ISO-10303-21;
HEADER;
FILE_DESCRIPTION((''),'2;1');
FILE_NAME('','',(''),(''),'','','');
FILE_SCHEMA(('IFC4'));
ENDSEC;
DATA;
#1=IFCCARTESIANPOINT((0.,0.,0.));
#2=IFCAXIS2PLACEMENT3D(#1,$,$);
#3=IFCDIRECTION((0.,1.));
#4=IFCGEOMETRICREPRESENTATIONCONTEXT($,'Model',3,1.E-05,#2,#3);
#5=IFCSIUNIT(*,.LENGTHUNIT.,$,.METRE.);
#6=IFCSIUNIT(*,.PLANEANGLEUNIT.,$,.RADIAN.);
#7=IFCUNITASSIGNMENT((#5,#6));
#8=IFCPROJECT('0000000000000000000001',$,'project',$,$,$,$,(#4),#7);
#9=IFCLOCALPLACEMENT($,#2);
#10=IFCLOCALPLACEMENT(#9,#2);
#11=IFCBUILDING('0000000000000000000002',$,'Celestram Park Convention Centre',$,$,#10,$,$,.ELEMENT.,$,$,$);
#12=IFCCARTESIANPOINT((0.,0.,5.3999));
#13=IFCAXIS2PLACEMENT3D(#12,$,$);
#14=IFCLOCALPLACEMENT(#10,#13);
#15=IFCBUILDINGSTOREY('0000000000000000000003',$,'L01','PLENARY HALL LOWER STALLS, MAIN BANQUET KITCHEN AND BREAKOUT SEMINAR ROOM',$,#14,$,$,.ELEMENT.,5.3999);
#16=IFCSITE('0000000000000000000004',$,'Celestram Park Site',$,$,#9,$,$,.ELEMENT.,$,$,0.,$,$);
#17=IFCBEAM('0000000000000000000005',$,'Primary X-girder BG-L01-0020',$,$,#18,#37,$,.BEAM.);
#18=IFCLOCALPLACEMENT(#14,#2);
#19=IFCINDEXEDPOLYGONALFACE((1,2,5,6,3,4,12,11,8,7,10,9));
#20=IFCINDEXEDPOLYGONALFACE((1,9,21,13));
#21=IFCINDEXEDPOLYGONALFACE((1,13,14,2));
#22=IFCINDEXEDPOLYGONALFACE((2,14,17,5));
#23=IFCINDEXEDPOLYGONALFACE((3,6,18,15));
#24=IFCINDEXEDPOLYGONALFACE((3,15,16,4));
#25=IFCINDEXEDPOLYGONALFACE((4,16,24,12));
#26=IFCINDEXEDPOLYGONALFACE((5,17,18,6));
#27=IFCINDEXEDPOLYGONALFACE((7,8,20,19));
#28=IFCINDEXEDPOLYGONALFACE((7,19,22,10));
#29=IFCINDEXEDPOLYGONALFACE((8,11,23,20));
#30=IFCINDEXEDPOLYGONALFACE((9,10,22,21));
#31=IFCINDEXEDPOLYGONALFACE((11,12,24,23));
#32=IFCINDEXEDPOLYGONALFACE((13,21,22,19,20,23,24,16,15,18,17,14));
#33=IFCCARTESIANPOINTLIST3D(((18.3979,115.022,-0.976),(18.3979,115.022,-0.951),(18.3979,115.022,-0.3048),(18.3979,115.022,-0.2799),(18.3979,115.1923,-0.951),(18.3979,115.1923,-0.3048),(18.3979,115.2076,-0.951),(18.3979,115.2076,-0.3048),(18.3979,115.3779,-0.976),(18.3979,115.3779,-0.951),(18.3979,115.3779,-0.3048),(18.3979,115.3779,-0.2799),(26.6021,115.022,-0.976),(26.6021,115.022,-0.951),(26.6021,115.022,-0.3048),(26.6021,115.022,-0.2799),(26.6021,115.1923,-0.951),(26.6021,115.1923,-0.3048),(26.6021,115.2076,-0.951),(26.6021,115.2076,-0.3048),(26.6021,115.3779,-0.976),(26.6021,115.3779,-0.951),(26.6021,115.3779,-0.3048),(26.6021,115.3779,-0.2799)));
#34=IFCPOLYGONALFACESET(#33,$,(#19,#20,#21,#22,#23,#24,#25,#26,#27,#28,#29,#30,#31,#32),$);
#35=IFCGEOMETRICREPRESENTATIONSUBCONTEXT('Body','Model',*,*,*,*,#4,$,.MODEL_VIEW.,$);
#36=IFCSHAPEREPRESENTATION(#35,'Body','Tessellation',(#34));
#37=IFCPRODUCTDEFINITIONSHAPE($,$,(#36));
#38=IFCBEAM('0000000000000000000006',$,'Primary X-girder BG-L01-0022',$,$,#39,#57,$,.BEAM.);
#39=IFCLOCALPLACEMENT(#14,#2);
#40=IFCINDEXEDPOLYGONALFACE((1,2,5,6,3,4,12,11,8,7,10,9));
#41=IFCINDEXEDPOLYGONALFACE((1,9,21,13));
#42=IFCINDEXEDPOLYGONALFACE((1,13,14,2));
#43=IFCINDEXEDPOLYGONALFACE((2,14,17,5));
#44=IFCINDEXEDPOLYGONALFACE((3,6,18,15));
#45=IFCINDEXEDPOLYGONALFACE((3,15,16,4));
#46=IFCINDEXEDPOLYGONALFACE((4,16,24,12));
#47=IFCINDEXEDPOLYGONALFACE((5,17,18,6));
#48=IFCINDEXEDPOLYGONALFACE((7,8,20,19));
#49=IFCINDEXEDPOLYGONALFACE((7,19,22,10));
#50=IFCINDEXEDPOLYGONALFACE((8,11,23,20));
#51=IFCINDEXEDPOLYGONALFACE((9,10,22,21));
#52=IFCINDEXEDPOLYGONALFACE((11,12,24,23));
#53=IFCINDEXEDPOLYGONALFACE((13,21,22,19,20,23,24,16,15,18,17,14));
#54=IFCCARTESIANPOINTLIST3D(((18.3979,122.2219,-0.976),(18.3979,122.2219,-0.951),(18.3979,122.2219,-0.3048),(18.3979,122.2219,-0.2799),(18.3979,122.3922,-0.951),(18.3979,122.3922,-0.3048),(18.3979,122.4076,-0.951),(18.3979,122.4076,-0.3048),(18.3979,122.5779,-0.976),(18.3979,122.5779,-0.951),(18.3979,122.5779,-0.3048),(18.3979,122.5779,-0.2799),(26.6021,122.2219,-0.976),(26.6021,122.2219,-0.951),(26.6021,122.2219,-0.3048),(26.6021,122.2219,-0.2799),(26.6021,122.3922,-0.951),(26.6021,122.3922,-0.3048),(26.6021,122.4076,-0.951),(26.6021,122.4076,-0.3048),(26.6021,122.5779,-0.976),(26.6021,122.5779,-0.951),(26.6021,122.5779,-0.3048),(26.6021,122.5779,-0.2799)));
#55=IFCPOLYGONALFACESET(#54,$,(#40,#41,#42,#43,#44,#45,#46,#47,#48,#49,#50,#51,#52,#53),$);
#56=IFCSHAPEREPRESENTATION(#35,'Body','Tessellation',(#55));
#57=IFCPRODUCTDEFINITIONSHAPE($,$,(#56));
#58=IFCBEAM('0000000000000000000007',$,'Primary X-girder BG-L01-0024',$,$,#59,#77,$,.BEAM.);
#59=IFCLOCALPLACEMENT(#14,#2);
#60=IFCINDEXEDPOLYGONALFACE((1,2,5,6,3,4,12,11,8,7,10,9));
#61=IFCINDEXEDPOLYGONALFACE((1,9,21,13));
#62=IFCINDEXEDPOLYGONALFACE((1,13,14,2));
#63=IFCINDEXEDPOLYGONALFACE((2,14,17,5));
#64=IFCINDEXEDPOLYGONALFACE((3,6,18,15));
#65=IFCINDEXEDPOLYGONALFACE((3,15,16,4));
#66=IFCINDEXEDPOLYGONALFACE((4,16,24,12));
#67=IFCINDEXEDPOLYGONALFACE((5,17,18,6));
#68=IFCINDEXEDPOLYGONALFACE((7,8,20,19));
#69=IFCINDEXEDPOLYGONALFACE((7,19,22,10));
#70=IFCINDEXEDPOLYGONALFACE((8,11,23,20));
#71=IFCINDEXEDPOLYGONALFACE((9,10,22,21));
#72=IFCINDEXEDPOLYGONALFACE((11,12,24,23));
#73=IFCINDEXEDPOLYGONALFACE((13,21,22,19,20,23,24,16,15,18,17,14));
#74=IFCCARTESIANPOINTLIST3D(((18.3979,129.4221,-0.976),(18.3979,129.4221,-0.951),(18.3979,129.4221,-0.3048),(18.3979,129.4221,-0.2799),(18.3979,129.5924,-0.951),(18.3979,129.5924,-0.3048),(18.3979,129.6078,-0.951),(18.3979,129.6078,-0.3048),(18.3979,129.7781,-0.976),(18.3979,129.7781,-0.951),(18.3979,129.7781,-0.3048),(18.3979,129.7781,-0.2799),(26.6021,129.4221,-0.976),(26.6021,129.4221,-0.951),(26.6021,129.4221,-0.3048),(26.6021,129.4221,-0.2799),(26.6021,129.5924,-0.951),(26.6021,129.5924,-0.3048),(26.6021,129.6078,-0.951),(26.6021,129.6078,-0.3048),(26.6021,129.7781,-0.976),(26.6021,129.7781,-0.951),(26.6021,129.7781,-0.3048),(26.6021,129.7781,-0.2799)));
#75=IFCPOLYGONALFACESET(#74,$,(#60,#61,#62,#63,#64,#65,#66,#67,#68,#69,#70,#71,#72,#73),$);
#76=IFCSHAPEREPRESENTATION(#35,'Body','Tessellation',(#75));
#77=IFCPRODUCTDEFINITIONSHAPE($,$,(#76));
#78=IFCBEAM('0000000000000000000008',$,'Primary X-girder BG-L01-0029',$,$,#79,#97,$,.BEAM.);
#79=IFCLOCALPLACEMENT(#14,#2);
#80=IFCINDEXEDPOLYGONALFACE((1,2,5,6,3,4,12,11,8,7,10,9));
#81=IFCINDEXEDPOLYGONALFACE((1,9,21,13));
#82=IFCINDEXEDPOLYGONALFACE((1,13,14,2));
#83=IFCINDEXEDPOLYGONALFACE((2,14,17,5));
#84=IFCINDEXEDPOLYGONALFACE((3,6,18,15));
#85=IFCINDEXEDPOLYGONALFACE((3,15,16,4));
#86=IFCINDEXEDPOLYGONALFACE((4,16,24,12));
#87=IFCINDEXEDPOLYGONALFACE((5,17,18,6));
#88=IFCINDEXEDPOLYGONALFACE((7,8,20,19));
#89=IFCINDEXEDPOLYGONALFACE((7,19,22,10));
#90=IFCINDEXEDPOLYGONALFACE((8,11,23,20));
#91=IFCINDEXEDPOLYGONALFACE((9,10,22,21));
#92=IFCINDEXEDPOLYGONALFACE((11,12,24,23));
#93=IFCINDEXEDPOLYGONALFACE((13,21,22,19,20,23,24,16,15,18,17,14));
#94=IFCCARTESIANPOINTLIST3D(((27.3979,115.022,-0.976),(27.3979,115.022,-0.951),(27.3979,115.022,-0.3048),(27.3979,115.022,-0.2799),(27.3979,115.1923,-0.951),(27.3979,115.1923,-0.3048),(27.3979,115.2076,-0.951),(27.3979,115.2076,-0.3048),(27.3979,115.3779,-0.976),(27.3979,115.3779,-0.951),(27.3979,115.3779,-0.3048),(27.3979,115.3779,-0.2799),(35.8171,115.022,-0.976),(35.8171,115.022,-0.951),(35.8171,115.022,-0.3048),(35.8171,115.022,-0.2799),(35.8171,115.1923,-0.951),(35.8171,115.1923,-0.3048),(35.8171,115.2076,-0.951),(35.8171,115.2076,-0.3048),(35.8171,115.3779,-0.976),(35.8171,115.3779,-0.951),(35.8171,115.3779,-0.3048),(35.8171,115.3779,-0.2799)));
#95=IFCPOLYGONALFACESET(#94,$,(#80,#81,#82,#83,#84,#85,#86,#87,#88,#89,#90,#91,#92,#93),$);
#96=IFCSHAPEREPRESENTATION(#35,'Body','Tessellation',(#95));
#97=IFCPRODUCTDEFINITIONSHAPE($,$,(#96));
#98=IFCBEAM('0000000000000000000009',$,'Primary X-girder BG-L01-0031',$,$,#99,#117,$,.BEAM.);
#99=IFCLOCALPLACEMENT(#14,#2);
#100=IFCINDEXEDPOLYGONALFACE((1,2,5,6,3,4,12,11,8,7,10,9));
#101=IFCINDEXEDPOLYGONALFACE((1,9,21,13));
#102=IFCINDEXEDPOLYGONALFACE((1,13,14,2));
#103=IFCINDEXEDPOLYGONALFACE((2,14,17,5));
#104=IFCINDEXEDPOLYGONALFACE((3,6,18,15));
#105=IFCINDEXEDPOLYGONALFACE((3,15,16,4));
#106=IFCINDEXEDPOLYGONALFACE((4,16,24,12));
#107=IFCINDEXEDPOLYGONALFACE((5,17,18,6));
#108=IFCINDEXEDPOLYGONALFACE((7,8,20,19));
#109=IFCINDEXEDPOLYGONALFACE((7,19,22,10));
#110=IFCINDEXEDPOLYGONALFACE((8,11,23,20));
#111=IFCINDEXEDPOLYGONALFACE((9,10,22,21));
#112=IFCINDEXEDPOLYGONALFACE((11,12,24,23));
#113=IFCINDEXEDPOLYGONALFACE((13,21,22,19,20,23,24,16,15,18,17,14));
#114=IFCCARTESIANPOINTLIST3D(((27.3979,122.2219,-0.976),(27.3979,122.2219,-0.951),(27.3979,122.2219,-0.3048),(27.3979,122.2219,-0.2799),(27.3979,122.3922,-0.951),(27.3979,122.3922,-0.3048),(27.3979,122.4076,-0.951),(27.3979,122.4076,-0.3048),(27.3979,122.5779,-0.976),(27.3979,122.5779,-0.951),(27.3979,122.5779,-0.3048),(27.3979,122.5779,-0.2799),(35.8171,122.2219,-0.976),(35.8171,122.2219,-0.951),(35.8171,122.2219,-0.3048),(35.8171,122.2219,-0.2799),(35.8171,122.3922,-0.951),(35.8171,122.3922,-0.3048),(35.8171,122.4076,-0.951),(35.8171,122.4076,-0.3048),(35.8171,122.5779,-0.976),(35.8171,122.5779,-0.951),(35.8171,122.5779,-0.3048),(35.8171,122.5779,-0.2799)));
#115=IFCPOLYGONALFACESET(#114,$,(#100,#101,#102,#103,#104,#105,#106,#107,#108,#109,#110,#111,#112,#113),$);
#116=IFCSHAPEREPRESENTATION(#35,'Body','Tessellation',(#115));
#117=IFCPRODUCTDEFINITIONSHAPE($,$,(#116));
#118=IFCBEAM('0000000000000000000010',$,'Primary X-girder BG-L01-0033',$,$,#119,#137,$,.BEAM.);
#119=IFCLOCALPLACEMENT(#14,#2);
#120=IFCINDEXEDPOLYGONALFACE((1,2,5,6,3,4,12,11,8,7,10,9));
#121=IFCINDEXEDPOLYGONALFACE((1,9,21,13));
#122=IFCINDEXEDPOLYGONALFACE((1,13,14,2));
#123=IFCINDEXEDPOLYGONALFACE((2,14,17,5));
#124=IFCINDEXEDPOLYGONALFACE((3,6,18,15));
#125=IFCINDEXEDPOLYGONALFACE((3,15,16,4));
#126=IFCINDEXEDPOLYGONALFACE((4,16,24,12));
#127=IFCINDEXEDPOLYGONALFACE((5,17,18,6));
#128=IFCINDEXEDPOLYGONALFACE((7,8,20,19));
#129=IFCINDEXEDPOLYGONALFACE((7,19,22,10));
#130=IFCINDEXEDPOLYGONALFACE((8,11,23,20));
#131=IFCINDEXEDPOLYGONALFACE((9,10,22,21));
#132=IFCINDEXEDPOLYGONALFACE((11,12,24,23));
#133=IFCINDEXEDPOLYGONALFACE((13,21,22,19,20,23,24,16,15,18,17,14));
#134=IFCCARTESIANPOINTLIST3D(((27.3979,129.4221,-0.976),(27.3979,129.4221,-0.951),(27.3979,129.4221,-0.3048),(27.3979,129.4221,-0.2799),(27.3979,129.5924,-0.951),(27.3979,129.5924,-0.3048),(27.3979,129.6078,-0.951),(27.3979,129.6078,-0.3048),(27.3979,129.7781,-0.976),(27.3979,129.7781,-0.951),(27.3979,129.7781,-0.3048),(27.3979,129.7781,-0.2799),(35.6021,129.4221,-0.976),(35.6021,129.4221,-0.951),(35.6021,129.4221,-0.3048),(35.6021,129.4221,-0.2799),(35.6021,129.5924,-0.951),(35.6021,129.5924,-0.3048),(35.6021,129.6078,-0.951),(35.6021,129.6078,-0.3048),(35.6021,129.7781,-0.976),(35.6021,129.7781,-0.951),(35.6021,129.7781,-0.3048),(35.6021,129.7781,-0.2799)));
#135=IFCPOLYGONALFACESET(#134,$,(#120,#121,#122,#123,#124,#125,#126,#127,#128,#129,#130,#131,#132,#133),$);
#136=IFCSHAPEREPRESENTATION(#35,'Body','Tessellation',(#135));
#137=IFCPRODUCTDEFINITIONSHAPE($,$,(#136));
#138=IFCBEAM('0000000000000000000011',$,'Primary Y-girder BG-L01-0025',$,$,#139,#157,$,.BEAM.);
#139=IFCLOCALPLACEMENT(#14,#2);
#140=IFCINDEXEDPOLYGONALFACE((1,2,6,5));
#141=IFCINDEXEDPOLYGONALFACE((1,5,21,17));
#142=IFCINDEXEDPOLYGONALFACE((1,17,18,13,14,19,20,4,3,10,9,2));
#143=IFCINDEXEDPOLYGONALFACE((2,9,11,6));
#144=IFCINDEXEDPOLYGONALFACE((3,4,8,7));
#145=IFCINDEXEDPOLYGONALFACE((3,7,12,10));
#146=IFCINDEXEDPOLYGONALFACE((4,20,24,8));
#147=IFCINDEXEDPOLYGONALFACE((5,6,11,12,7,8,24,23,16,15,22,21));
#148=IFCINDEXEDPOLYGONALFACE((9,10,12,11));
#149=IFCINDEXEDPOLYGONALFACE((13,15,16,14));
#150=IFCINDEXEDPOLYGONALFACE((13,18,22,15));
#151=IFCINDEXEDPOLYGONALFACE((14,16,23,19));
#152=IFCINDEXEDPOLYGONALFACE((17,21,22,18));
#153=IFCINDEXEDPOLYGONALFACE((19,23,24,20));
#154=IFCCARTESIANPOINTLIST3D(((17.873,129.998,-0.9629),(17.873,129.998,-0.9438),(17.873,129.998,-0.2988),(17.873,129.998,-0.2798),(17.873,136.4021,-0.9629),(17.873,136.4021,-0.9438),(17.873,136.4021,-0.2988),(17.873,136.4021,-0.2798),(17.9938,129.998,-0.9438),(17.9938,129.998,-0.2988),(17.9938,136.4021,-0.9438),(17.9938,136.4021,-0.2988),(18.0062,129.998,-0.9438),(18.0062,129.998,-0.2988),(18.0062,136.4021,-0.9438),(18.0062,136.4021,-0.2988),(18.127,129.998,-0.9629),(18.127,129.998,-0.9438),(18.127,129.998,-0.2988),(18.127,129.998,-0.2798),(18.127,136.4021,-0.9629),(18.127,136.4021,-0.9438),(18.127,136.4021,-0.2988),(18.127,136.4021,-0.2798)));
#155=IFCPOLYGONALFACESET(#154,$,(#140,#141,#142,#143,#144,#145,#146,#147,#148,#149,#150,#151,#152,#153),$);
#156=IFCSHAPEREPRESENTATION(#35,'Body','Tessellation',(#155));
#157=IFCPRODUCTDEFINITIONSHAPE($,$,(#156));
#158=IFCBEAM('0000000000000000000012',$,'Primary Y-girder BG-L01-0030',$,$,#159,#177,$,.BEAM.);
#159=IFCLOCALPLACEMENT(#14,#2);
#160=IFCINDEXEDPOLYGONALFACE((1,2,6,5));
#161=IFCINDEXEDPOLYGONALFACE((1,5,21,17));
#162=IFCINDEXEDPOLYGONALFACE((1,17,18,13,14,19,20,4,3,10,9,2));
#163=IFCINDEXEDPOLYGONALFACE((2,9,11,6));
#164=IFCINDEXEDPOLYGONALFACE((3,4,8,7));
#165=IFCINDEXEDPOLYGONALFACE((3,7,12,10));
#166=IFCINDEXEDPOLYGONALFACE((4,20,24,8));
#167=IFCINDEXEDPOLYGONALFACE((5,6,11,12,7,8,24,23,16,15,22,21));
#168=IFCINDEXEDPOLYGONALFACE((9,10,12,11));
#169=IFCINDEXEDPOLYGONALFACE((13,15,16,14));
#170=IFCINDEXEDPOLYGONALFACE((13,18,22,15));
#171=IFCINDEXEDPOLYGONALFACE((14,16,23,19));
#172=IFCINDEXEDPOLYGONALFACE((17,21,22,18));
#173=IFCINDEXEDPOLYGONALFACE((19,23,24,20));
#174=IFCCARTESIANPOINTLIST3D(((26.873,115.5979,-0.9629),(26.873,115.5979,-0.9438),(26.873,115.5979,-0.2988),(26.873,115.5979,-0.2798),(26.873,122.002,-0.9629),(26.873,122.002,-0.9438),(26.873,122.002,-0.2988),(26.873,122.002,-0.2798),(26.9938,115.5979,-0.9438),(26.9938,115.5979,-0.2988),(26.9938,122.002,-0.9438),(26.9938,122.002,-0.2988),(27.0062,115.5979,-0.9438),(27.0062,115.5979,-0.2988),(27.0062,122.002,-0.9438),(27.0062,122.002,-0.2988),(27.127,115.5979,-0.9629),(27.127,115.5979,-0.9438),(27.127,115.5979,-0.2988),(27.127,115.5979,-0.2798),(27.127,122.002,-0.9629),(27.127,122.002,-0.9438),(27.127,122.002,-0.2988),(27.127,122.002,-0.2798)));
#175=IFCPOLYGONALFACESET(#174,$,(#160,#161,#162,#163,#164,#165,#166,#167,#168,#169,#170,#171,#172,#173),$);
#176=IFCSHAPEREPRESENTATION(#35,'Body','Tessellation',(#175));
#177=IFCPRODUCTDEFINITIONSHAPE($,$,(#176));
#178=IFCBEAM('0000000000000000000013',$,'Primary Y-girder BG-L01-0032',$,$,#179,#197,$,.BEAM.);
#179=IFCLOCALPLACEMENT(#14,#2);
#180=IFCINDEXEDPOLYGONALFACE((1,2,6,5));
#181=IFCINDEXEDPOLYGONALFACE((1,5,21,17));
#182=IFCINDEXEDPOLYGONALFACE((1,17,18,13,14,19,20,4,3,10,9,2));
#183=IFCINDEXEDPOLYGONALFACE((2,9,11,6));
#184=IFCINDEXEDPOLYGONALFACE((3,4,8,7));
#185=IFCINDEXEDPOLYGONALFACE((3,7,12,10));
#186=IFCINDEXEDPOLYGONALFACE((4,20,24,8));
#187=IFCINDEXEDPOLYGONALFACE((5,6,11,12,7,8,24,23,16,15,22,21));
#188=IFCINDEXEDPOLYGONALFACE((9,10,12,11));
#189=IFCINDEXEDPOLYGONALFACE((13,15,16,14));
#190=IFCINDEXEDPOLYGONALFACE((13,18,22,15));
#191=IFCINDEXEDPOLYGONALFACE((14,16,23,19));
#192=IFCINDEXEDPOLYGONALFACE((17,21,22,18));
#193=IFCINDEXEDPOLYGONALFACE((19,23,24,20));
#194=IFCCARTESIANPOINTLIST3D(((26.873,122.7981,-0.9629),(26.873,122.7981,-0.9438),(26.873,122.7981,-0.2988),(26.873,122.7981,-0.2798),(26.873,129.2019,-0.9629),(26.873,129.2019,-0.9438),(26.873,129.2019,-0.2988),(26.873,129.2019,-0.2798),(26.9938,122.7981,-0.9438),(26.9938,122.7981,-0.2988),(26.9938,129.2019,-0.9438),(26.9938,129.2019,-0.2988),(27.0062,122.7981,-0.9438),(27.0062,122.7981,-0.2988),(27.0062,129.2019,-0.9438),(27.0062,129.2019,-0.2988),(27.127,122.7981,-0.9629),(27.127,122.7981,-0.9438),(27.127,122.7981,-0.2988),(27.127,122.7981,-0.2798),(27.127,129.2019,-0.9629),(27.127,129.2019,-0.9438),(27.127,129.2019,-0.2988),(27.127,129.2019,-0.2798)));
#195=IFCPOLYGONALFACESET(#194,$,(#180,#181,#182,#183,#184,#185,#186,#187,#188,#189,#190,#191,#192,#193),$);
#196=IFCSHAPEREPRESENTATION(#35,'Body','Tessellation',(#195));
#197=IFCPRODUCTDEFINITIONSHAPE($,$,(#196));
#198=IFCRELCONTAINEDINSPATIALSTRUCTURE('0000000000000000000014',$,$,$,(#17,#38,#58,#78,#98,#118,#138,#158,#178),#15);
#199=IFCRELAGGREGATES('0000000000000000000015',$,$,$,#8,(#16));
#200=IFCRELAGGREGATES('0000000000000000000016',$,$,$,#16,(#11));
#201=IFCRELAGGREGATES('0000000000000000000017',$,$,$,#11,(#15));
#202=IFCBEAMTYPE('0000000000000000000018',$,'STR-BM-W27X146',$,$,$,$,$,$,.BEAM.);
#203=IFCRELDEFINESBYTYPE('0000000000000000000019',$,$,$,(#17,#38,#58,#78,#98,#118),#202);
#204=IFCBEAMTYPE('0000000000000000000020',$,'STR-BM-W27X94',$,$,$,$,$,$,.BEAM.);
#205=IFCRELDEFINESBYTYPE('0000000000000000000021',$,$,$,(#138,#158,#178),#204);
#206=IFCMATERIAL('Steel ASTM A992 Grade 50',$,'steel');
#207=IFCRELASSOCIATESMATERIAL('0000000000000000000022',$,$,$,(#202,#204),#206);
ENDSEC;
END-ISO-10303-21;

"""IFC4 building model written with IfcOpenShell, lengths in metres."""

from ifc_helpers import new_model, si_unit, direction, frame, origin, origin_2d, place, context, subcontext, project, spatial, i_section, extrude, material, material_profile, profile_set, type_object, element, save


model = new_model("IFC4")

# Units and contexts
model_context = context("Model", 3, precision=1e-05, world=origin(), true_north=direction((0.0, 1.0)))
body_context = subcontext(model_context, "Body", "Model", "MODEL_VIEW")
ifc_project = project(units=[si_unit("LENGTHUNIT", "METRE"), si_unit("PLANEANGLEUNIT", "RADIAN")], contexts=[model_context])

# Site, building, storey
site_placement = place(None, origin())
site = spatial("IfcSite", under=ifc_project, at=site_placement, Name="Celestram Park Site", CompositionType="ELEMENT", RefElevation=0.0)
building_placement = place(site_placement, origin())
building = spatial("IfcBuilding", under=site, at=building_placement, Name="Celestram Park Convention Centre", CompositionType="ELEMENT")
storey_placement = place(building_placement, frame((0.0, 0.0, 5.3999)))
storey = spatial("IfcBuildingStorey", under=building, at=storey_placement, Name="L01", Description="PLENARY HALL LOWER STALLS, MAIN BANQUET KITCHEN AND BREAKOUT SEMINAR ROOM", CompositionType="ELEMENT", Elevation=5.3999)

# Beams
ifc_material_1 = material(Name="Steel ASTM A992 Grade 50", Category="steel")
ifc_material_profile_1 = material_profile(ifc_material_1, i_section(OverallWidth=0.356, OverallDepth=0.696, WebThickness=0.0154, FlangeThickness=0.0249, at=origin_2d()), Name="W27X146")
ifc_profile_set_1 = profile_set([ifc_material_profile_1], Name="Steel ASTM A992 Grade 50")
beam_type_1 = type_object("IfcBeamType", Name="STR-BM-W27X146", PredefinedType="BEAM", material=ifc_profile_set_1)
for number, where, z_axis, x_axis, name in (
    (1, (18.3979, 115.2, -0.6279), (1.0, 0.0, 0.0), (0.0, 1.0, 0.0), "Primary X-girder BG-L01-0020"),
    (2, (18.3979, 122.3999, -0.6279), (1.0, 0.0, 0.0), (0.0, 1.0, 0.0), "Primary X-girder BG-L01-0022"),
    (3, (18.3979, 129.6001, -0.6279), (1.0, 0.0, 0.0), (0.0, 1.0, 0.0), "Primary X-girder BG-L01-0024"),
):
    element("IfcBeam", number, at=place(storey_placement, frame(where, z_axis=z_axis, x_axis=x_axis)), inside=storey, type_object=beam_type_1, Name=name, PredefinedType="BEAM", context=body_context, shape_type="SweptSolid", body=[
        extrude(i_section(OverallWidth=0.356, OverallDepth=0.696, WebThickness=0.0154, FlangeThickness=0.0249, at=origin_2d()), origin(), (0.0, 0.0, 1.0), 8.2041),
    ])
for number, where, z_axis, x_axis, name in (
    (4, (27.3979, 115.2, -0.6279), (1.0, 0.0, 0.0), (0.0, 1.0, 0.0), "Primary X-girder BG-L01-0029"),
    (5, (27.3979, 122.3999, -0.6279), (1.0, 0.0, 0.0), (0.0, 1.0, 0.0), "Primary X-girder BG-L01-0031"),
):
    element("IfcBeam", number, at=place(storey_placement, frame(where, z_axis=z_axis, x_axis=x_axis)), inside=storey, type_object=beam_type_1, Name=name, PredefinedType="BEAM", context=body_context, shape_type="SweptSolid", body=[
        extrude(i_section(OverallWidth=0.356, OverallDepth=0.696, WebThickness=0.0154, FlangeThickness=0.0249, at=origin_2d()), origin(), (0.0, 0.0, 1.0), 8.4192),
    ])
beam_1_placement = place(storey_placement, frame((27.3979, 129.6001, -0.6279), z_axis=(1.0, 0.0, 0.0), x_axis=(0.0, 1.0, 0.0)))
element("IfcBeam", 6, at=beam_1_placement, inside=storey, type_object=beam_type_1, Name="Primary X-girder BG-L01-0033", PredefinedType="BEAM", context=body_context, shape_type="SweptSolid", body=[
    extrude(i_section(OverallWidth=0.356, OverallDepth=0.696, WebThickness=0.0154, FlangeThickness=0.0249, at=origin_2d()), origin(), (0.0, 0.0, 1.0), 8.2041),
])
ifc_material_profile_2 = material_profile(ifc_material_1, i_section(OverallWidth=0.2539, OverallDepth=0.6831, WebThickness=0.0125, FlangeThickness=0.019, at=origin_2d()), Name="W27X94")
ifc_profile_set_2 = profile_set([ifc_material_profile_2], Name="Steel ASTM A992 Grade 50")
beam_type_2 = type_object("IfcBeamType", Name="STR-BM-W27X94", PredefinedType="BEAM", material=ifc_profile_set_2)
for number, where, z_axis, x_axis, name in (
    (7, (18.0, 129.998, -0.6213), (0.0, 1.0, 0.0), (-1.0, 0.0, 0.0), "Primary Y-girder BG-L01-0025"),
    (8, (27.0, 115.5979, -0.6213), (0.0, 1.0, 0.0), (-1.0, 0.0, 0.0), "Primary Y-girder BG-L01-0030"),
):
    element("IfcBeam", number, at=place(storey_placement, frame(where, z_axis=z_axis, x_axis=x_axis)), inside=storey, type_object=beam_type_2, Name=name, PredefinedType="BEAM", context=body_context, shape_type="SweptSolid", body=[
        extrude(i_section(OverallWidth=0.2539, OverallDepth=0.6831, WebThickness=0.0125, FlangeThickness=0.019, at=origin_2d()), origin(), (0.0, 0.0, 1.0), 6.4041),
    ])
beam_2_placement = place(storey_placement, frame((27.0, 122.7981, -0.6213), z_axis=(0.0, 1.0, 0.0), x_axis=(-1.0, 0.0, 0.0)))
element("IfcBeam", 9, at=beam_2_placement, inside=storey, type_object=beam_type_2, Name="Primary Y-girder BG-L01-0032", PredefinedType="BEAM", context=body_context, shape_type="SweptSolid", body=[
    extrude(i_section(OverallWidth=0.2539, OverallDepth=0.6831, WebThickness=0.0125, FlangeThickness=0.019, at=origin_2d()), origin(), (0.0, 0.0, 1.0), 6.4038),
])

save(model, "model.ifc")
